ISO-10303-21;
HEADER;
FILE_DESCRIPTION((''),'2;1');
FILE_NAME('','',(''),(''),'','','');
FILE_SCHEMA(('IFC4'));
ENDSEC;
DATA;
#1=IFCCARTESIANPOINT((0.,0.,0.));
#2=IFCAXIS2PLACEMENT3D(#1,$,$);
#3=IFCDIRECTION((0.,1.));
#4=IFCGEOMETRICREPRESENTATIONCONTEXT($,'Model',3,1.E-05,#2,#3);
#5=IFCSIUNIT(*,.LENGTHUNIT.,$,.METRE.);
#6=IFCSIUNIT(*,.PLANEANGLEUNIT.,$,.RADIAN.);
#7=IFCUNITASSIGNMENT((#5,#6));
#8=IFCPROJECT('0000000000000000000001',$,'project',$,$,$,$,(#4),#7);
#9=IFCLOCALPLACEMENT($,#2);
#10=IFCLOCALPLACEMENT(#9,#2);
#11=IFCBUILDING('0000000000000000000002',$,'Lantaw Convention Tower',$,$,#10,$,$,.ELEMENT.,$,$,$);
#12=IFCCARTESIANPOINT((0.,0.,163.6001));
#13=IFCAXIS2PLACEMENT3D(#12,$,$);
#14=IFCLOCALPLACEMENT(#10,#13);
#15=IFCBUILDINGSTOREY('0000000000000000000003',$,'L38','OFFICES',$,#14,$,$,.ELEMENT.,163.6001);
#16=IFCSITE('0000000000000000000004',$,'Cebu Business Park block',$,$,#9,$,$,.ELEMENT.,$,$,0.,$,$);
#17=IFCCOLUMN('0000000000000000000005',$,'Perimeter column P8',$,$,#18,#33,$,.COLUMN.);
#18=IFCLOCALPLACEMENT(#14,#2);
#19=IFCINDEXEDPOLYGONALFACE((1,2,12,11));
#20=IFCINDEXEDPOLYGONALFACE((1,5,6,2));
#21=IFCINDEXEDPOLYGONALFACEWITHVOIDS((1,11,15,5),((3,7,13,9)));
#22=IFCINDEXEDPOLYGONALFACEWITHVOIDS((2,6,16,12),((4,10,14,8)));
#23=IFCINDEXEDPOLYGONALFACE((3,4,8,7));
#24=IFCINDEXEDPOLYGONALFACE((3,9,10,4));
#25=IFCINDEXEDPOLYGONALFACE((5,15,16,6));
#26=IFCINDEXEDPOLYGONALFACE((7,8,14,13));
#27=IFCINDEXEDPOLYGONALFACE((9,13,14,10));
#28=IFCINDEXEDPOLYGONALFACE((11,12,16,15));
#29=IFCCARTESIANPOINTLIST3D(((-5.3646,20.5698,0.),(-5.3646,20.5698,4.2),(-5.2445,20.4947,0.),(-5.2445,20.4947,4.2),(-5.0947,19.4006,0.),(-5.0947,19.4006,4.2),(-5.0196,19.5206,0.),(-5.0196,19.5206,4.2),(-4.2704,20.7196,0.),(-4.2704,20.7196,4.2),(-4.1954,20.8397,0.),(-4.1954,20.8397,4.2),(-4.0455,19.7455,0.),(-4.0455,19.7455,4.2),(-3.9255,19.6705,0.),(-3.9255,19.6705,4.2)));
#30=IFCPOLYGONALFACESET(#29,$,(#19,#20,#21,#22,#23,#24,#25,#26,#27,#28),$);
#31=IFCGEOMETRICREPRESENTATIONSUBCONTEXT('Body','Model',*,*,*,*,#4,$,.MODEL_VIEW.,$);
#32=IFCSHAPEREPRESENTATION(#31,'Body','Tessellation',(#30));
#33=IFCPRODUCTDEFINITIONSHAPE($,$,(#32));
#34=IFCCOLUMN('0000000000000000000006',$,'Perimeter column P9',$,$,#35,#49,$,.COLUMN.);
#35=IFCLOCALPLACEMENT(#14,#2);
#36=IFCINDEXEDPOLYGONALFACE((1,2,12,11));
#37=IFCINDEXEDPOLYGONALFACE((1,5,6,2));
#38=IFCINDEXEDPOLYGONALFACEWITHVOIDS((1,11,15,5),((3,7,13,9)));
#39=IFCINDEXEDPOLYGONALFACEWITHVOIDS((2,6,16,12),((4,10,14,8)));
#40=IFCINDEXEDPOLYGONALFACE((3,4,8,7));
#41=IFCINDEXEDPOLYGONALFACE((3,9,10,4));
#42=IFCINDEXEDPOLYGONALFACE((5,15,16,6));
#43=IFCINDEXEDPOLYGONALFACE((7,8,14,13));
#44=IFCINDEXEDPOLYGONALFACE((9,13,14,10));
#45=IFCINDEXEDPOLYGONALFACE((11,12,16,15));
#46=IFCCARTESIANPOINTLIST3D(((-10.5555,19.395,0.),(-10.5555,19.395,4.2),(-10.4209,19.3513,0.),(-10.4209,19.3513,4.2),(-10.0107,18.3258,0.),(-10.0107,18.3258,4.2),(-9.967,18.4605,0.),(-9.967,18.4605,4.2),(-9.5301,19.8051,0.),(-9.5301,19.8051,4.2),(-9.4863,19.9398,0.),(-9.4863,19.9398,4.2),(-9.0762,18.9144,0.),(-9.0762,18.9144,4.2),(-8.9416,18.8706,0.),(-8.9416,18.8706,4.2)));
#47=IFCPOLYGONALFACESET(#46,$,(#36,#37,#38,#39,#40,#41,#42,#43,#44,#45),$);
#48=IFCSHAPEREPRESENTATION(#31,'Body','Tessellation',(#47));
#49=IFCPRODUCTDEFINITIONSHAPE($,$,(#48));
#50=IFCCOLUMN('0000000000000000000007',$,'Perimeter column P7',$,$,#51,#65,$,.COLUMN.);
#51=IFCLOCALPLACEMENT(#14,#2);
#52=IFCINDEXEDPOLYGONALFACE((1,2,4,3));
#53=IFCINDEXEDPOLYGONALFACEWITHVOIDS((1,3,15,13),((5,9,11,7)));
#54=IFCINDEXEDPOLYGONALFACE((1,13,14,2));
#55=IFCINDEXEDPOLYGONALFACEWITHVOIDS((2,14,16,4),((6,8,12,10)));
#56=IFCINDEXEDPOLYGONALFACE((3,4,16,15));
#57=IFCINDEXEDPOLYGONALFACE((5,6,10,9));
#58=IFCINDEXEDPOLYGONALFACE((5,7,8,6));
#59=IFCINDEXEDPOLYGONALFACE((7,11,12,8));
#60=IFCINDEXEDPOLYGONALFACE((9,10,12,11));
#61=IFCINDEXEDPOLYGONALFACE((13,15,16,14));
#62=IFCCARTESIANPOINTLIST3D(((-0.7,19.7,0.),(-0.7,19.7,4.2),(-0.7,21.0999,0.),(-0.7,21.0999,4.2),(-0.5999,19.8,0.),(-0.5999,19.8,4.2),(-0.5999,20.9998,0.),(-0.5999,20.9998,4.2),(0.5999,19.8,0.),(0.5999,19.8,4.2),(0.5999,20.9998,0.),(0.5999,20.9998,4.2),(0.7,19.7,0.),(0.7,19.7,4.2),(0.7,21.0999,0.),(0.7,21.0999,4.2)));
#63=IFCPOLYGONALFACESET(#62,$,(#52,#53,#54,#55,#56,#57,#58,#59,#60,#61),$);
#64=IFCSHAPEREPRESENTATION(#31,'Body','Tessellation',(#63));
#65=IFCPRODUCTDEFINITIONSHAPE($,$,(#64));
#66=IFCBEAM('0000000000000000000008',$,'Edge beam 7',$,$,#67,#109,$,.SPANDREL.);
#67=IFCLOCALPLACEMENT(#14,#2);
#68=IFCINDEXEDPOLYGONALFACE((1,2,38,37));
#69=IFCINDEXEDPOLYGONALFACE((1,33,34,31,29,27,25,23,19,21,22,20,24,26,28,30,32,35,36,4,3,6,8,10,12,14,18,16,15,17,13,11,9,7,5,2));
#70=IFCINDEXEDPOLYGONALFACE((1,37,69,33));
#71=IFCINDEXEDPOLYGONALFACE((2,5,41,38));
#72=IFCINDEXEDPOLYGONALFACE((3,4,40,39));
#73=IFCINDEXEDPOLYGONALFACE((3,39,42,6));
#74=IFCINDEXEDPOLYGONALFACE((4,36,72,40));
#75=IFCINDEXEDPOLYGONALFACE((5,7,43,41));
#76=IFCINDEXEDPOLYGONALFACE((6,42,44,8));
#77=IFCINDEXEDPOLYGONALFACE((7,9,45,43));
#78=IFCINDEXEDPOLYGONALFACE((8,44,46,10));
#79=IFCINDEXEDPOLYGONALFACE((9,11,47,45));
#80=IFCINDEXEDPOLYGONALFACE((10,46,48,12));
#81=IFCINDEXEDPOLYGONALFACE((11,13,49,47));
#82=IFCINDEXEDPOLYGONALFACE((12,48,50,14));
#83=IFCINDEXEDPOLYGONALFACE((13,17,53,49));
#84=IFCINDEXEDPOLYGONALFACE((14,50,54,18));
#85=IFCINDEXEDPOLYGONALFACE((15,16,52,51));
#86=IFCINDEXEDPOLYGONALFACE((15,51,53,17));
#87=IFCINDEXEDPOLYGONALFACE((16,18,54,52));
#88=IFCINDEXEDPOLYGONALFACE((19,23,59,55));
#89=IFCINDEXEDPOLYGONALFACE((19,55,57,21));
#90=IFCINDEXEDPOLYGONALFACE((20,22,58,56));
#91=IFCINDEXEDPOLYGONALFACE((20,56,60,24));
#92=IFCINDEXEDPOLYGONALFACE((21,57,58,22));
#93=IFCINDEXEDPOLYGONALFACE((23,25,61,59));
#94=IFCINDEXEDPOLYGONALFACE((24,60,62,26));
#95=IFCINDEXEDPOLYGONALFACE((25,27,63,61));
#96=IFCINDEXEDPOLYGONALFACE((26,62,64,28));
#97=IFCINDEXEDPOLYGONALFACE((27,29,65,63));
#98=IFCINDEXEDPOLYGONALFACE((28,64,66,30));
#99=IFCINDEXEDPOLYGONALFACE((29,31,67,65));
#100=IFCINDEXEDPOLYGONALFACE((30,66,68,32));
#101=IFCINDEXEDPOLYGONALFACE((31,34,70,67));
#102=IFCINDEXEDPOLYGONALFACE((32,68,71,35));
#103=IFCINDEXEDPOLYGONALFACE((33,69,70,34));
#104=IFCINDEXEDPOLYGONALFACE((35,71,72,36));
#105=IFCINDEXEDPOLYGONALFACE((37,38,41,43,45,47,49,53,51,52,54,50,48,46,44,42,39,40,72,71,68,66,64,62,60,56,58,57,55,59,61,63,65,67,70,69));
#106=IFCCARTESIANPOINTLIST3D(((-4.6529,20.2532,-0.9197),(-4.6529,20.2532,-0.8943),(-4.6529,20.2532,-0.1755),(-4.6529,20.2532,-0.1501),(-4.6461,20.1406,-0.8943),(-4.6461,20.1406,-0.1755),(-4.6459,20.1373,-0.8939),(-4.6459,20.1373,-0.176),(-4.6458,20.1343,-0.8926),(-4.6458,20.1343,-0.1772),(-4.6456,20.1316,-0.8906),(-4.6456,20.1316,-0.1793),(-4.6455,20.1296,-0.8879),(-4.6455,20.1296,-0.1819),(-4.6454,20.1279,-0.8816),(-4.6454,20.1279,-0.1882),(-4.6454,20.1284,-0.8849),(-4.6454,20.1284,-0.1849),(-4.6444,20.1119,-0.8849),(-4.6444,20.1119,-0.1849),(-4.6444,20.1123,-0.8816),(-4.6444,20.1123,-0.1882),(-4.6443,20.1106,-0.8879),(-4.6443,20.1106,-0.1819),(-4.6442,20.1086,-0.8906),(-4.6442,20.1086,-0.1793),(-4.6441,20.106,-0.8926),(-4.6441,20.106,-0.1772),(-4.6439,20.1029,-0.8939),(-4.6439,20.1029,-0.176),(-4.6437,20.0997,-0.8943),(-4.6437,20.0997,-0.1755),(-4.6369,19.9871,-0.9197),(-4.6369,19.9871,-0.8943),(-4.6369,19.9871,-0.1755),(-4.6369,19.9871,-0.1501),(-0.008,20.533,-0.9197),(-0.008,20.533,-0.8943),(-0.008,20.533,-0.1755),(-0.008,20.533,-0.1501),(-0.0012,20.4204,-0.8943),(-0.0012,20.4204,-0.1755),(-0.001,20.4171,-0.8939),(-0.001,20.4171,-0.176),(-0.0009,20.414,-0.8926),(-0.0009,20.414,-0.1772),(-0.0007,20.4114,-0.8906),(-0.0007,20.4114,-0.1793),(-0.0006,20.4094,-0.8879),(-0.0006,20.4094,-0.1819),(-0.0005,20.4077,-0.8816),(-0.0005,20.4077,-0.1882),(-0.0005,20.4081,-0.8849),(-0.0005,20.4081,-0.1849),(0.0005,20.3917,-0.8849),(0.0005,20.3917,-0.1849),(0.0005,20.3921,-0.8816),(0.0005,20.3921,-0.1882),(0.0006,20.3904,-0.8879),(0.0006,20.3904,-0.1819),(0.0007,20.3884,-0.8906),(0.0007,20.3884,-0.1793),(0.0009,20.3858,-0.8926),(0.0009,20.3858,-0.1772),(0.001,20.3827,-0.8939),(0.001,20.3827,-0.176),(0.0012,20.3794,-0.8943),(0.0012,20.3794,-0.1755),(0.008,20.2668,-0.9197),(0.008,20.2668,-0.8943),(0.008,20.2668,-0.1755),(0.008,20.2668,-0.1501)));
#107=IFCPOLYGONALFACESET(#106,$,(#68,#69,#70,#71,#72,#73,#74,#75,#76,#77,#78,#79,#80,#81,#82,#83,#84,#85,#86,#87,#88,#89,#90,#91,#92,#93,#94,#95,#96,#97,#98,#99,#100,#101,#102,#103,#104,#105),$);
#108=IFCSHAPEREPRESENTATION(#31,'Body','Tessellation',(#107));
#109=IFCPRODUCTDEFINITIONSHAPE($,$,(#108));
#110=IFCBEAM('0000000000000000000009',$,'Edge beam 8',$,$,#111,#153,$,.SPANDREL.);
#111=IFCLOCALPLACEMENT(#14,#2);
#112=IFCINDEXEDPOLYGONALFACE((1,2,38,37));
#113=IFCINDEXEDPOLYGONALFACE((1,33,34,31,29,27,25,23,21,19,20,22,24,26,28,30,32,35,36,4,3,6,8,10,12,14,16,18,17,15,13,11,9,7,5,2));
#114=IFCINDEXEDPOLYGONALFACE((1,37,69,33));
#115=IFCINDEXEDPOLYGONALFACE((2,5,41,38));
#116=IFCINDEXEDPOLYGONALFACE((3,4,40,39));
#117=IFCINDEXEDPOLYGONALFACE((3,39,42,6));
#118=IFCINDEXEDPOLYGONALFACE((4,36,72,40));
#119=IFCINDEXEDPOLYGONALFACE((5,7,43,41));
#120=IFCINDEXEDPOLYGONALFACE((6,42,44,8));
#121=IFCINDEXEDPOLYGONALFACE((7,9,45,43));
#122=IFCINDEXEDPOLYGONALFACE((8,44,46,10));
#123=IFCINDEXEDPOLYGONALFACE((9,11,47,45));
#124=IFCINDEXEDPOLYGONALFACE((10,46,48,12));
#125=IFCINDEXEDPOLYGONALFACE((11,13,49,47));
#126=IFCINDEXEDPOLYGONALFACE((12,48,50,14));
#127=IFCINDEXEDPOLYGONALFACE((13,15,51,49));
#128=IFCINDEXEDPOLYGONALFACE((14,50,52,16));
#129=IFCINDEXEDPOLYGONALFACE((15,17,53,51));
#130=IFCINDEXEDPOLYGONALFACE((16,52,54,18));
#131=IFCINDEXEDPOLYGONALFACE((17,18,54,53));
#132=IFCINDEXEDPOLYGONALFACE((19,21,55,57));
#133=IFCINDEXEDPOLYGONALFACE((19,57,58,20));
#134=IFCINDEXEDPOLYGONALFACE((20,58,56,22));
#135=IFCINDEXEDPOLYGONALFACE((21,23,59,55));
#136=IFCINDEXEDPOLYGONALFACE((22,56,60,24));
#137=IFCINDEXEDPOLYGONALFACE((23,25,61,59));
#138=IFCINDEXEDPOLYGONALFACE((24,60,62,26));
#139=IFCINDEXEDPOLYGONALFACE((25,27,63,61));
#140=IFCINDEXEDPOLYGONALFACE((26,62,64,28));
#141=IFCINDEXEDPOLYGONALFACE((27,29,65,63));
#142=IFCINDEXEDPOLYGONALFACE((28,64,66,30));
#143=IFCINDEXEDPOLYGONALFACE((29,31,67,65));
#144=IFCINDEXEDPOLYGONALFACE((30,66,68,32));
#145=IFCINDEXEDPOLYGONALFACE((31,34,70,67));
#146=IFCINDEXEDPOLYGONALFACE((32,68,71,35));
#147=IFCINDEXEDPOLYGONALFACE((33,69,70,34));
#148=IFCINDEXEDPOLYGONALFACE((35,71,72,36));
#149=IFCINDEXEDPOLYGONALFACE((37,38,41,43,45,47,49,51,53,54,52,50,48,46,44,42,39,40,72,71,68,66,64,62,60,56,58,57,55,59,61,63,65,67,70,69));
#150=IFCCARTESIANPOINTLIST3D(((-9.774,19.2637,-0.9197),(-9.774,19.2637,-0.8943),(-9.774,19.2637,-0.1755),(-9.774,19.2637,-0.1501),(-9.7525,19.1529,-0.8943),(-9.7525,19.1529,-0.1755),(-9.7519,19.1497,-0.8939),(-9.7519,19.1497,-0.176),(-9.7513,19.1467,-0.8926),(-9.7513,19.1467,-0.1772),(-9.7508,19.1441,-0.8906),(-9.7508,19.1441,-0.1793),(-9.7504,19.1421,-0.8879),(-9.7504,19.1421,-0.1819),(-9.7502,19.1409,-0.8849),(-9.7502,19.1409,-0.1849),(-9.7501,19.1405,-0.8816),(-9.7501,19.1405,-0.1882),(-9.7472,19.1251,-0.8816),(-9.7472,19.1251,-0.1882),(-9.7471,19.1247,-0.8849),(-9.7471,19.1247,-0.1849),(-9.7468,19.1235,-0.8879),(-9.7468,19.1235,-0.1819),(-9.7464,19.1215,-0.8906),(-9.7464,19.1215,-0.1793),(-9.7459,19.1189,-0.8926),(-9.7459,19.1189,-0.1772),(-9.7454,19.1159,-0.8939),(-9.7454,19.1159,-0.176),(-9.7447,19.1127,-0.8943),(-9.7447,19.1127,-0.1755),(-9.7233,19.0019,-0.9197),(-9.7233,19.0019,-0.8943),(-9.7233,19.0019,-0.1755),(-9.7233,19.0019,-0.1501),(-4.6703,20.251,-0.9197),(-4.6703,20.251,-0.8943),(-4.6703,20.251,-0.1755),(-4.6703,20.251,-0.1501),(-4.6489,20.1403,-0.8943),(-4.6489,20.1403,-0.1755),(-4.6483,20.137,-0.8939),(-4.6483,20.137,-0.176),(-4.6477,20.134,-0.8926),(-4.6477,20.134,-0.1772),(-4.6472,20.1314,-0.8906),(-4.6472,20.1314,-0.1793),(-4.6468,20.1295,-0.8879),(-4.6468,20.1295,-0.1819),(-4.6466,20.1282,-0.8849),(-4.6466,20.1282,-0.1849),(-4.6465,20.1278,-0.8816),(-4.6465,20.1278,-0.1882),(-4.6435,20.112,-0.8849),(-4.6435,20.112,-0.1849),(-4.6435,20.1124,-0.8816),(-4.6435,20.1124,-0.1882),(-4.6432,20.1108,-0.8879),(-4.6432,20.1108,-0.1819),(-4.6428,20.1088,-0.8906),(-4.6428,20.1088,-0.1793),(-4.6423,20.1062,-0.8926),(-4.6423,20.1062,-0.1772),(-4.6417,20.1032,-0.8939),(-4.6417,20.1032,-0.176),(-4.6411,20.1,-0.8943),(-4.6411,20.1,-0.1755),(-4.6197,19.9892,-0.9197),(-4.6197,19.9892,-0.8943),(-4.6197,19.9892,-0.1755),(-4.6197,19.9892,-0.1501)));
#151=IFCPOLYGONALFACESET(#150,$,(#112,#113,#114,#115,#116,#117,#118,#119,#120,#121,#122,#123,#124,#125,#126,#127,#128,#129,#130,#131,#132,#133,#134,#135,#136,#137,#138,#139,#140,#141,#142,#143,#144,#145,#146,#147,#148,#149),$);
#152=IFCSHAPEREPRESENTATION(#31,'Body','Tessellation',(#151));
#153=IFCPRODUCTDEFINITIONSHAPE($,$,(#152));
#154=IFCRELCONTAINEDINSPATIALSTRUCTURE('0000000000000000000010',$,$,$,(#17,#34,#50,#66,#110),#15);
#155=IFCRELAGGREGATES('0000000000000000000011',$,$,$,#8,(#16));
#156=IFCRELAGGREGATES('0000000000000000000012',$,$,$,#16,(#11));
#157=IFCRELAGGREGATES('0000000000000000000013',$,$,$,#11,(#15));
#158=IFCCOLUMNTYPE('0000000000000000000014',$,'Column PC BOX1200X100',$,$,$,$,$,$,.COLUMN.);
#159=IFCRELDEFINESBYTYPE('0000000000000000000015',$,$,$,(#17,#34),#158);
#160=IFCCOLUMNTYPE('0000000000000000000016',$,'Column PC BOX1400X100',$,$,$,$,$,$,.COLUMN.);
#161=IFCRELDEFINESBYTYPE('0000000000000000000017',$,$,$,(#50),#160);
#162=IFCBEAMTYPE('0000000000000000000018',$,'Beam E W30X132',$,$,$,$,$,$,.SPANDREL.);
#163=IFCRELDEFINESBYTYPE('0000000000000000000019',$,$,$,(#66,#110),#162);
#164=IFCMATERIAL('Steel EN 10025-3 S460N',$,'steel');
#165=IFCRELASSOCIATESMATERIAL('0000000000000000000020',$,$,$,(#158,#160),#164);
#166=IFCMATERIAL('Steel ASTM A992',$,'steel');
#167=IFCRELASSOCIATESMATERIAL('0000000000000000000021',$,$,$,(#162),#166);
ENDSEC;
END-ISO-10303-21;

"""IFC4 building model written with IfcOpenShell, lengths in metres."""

from ifc_helpers import new_model, si_unit, direction, frame, origin, origin_2d, place, context, subcontext, project, spatial, rectangle, hollow_rectangle, i_section, extrude, material, material_profile, profile_set, type_object, element, save


model = new_model("IFC4")

# Units and contexts
model_context = context("Model", 3, precision=1e-05, world=origin(), true_north=direction((0.0, 1.0)))
body_context = subcontext(model_context, "Body", "Model", "MODEL_VIEW")
ifc_project = project(units=[si_unit("LENGTHUNIT", "METRE"), si_unit("PLANEANGLEUNIT", "RADIAN")], contexts=[model_context])

# Site, building, storey
site_placement = place(None, origin())
site = spatial("IfcSite", under=ifc_project, at=site_placement, Name="Cebu Business Park block", CompositionType="ELEMENT", RefElevation=0.0)
building_placement = place(site_placement, origin())
building = spatial("IfcBuilding", under=site, at=building_placement, Name="Lantaw Convention Tower", CompositionType="ELEMENT")
storey_placement = place(building_placement, frame((0.0, 0.0, 163.6001)))
storey = spatial("IfcBuildingStorey", under=building, at=storey_placement, Name="L38", Description="OFFICES", CompositionType="ELEMENT", Elevation=163.6001)

# Columns
ifc_material_1 = material(Name="Steel EN 10025-3 S460N", Category="steel")
ifc_material_profile_1 = material_profile(ifc_material_1, hollow_rectangle(XDim=1.2, YDim=1.2, WallThickness=0.1001, at=origin_2d()), Name="BOX1200X100")
ifc_material_2 = material(Name="Concrete C60/75", Category="concrete")
ifc_material_profile_2 = material_profile(ifc_material_2, rectangle(XDim=1.0, YDim=1.0, at=origin_2d()), Name="Concrete fill of BOX1200X100")
ifc_profile_set_1 = profile_set([ifc_material_profile_1, ifc_material_profile_2], Name="Steel EN 10025-3 S460N")
column_type_1 = type_object("IfcColumnType", Name="Column PC BOX1200X100", PredefinedType="COLUMN", material=ifc_profile_set_1)
for number, where, z_axis, x_axis, name in (
    (1, (-4.645, 20.1201, 0.0), (0.0, 0.0, 1.0), (0.97437, 0.224951, 0.0), "Perimeter column P8"),
    (2, (-9.7485, 19.1328, 0.0), (0.0, 0.0, 1.0), (0.891007, 0.45399, 0.0), "Perimeter column P9"),
):
    element("IfcColumn", number, at=place(storey_placement, frame(where, z_axis=z_axis, x_axis=x_axis)), inside=storey, type_object=column_type_1, Name=name, PredefinedType="COLUMN", context=body_context, shape_type="SweptSolid", body=[
        extrude(hollow_rectangle(XDim=1.2, YDim=1.2, WallThickness=0.1001, at=origin_2d()), origin(), (0.0, 0.0, 1.0), 4.2),
    ])
ifc_material_profile_3 = material_profile(ifc_material_1, hollow_rectangle(XDim=1.3999, YDim=1.3999, WallThickness=0.1001, at=origin_2d()), Name="BOX1400X100")
ifc_material_profile_4 = material_profile(ifc_material_2, rectangle(XDim=1.2, YDim=1.2, at=origin_2d()), Name="Concrete fill of BOX1400X100")
ifc_profile_set_2 = profile_set([ifc_material_profile_3, ifc_material_profile_4], Name="Steel EN 10025-3 S460N")
column_type_2 = type_object("IfcColumnType", Name="Column PC BOX1400X100", PredefinedType="COLUMN", material=ifc_profile_set_2)
column_placement = place(storey_placement, frame((0.0, 20.3999, 0.0), z_axis=(0.0, 0.0, 1.0), x_axis=(1.0, 0.0, 0.0)))
element("IfcColumn", 3, at=column_placement, inside=storey, type_object=column_type_2, Name="Perimeter column P7", PredefinedType="COLUMN", context=body_context, shape_type="SweptSolid", body=[
    extrude(hollow_rectangle(XDim=1.3999, YDim=1.3999, WallThickness=0.1001, at=origin_2d()), origin(), (0.0, 0.0, 1.0), 4.2),
])

# Beams
ifc_material_3 = material(Name="Steel ASTM A992", Category="steel")
ifc_material_profile_5 = material_profile(ifc_material_3, i_section(OverallWidth=0.2666, OverallDepth=0.7695, WebThickness=0.0156, FlangeThickness=0.0254, FilletRadius=0.0127, at=origin_2d()), Name="W30X132")
ifc_profile_set_3 = profile_set([ifc_material_profile_5], Name="Steel ASTM A992")
beam_type = type_object("IfcBeamType", Name="Beam E W30X132", PredefinedType="SPANDREL", material=ifc_profile_set_3)
beam_1_placement = place(storey_placement, frame((0.0, 20.3999, -0.5349), z_axis=(-0.998191, -0.060124, 0.0), x_axis=(0.060124, -0.998191, 0.0)))
element("IfcBeam", 4, at=beam_1_placement, inside=storey, type_object=beam_type, Name="Edge beam 7", PredefinedType="SPANDREL", context=body_context, shape_type="SweptSolid", body=[
    extrude(i_section(OverallWidth=0.2666, OverallDepth=0.7695, WebThickness=0.0156, FlangeThickness=0.0254, FilletRadius=0.0127, at=origin_2d()), origin(), (0.0, 0.0, 1.0), 4.6533),
])
beam_2_placement = place(storey_placement, frame((-4.645, 20.1201, -0.5349), z_axis=(-0.981797, -0.189934, 0.0), x_axis=(0.189934, -0.981797, 0.0)))
element("IfcBeam", 5, at=beam_2_placement, inside=storey, type_object=beam_type, Name="Edge beam 8", PredefinedType="SPANDREL", context=body_context, shape_type="SweptSolid", body=[
    extrude(i_section(OverallWidth=0.2666, OverallDepth=0.7695, WebThickness=0.0156, FlangeThickness=0.0254, FilletRadius=0.0127, at=origin_2d()), origin(), (0.0, 0.0, 1.0), 5.1982),
])

save(model, "model.ifc")
